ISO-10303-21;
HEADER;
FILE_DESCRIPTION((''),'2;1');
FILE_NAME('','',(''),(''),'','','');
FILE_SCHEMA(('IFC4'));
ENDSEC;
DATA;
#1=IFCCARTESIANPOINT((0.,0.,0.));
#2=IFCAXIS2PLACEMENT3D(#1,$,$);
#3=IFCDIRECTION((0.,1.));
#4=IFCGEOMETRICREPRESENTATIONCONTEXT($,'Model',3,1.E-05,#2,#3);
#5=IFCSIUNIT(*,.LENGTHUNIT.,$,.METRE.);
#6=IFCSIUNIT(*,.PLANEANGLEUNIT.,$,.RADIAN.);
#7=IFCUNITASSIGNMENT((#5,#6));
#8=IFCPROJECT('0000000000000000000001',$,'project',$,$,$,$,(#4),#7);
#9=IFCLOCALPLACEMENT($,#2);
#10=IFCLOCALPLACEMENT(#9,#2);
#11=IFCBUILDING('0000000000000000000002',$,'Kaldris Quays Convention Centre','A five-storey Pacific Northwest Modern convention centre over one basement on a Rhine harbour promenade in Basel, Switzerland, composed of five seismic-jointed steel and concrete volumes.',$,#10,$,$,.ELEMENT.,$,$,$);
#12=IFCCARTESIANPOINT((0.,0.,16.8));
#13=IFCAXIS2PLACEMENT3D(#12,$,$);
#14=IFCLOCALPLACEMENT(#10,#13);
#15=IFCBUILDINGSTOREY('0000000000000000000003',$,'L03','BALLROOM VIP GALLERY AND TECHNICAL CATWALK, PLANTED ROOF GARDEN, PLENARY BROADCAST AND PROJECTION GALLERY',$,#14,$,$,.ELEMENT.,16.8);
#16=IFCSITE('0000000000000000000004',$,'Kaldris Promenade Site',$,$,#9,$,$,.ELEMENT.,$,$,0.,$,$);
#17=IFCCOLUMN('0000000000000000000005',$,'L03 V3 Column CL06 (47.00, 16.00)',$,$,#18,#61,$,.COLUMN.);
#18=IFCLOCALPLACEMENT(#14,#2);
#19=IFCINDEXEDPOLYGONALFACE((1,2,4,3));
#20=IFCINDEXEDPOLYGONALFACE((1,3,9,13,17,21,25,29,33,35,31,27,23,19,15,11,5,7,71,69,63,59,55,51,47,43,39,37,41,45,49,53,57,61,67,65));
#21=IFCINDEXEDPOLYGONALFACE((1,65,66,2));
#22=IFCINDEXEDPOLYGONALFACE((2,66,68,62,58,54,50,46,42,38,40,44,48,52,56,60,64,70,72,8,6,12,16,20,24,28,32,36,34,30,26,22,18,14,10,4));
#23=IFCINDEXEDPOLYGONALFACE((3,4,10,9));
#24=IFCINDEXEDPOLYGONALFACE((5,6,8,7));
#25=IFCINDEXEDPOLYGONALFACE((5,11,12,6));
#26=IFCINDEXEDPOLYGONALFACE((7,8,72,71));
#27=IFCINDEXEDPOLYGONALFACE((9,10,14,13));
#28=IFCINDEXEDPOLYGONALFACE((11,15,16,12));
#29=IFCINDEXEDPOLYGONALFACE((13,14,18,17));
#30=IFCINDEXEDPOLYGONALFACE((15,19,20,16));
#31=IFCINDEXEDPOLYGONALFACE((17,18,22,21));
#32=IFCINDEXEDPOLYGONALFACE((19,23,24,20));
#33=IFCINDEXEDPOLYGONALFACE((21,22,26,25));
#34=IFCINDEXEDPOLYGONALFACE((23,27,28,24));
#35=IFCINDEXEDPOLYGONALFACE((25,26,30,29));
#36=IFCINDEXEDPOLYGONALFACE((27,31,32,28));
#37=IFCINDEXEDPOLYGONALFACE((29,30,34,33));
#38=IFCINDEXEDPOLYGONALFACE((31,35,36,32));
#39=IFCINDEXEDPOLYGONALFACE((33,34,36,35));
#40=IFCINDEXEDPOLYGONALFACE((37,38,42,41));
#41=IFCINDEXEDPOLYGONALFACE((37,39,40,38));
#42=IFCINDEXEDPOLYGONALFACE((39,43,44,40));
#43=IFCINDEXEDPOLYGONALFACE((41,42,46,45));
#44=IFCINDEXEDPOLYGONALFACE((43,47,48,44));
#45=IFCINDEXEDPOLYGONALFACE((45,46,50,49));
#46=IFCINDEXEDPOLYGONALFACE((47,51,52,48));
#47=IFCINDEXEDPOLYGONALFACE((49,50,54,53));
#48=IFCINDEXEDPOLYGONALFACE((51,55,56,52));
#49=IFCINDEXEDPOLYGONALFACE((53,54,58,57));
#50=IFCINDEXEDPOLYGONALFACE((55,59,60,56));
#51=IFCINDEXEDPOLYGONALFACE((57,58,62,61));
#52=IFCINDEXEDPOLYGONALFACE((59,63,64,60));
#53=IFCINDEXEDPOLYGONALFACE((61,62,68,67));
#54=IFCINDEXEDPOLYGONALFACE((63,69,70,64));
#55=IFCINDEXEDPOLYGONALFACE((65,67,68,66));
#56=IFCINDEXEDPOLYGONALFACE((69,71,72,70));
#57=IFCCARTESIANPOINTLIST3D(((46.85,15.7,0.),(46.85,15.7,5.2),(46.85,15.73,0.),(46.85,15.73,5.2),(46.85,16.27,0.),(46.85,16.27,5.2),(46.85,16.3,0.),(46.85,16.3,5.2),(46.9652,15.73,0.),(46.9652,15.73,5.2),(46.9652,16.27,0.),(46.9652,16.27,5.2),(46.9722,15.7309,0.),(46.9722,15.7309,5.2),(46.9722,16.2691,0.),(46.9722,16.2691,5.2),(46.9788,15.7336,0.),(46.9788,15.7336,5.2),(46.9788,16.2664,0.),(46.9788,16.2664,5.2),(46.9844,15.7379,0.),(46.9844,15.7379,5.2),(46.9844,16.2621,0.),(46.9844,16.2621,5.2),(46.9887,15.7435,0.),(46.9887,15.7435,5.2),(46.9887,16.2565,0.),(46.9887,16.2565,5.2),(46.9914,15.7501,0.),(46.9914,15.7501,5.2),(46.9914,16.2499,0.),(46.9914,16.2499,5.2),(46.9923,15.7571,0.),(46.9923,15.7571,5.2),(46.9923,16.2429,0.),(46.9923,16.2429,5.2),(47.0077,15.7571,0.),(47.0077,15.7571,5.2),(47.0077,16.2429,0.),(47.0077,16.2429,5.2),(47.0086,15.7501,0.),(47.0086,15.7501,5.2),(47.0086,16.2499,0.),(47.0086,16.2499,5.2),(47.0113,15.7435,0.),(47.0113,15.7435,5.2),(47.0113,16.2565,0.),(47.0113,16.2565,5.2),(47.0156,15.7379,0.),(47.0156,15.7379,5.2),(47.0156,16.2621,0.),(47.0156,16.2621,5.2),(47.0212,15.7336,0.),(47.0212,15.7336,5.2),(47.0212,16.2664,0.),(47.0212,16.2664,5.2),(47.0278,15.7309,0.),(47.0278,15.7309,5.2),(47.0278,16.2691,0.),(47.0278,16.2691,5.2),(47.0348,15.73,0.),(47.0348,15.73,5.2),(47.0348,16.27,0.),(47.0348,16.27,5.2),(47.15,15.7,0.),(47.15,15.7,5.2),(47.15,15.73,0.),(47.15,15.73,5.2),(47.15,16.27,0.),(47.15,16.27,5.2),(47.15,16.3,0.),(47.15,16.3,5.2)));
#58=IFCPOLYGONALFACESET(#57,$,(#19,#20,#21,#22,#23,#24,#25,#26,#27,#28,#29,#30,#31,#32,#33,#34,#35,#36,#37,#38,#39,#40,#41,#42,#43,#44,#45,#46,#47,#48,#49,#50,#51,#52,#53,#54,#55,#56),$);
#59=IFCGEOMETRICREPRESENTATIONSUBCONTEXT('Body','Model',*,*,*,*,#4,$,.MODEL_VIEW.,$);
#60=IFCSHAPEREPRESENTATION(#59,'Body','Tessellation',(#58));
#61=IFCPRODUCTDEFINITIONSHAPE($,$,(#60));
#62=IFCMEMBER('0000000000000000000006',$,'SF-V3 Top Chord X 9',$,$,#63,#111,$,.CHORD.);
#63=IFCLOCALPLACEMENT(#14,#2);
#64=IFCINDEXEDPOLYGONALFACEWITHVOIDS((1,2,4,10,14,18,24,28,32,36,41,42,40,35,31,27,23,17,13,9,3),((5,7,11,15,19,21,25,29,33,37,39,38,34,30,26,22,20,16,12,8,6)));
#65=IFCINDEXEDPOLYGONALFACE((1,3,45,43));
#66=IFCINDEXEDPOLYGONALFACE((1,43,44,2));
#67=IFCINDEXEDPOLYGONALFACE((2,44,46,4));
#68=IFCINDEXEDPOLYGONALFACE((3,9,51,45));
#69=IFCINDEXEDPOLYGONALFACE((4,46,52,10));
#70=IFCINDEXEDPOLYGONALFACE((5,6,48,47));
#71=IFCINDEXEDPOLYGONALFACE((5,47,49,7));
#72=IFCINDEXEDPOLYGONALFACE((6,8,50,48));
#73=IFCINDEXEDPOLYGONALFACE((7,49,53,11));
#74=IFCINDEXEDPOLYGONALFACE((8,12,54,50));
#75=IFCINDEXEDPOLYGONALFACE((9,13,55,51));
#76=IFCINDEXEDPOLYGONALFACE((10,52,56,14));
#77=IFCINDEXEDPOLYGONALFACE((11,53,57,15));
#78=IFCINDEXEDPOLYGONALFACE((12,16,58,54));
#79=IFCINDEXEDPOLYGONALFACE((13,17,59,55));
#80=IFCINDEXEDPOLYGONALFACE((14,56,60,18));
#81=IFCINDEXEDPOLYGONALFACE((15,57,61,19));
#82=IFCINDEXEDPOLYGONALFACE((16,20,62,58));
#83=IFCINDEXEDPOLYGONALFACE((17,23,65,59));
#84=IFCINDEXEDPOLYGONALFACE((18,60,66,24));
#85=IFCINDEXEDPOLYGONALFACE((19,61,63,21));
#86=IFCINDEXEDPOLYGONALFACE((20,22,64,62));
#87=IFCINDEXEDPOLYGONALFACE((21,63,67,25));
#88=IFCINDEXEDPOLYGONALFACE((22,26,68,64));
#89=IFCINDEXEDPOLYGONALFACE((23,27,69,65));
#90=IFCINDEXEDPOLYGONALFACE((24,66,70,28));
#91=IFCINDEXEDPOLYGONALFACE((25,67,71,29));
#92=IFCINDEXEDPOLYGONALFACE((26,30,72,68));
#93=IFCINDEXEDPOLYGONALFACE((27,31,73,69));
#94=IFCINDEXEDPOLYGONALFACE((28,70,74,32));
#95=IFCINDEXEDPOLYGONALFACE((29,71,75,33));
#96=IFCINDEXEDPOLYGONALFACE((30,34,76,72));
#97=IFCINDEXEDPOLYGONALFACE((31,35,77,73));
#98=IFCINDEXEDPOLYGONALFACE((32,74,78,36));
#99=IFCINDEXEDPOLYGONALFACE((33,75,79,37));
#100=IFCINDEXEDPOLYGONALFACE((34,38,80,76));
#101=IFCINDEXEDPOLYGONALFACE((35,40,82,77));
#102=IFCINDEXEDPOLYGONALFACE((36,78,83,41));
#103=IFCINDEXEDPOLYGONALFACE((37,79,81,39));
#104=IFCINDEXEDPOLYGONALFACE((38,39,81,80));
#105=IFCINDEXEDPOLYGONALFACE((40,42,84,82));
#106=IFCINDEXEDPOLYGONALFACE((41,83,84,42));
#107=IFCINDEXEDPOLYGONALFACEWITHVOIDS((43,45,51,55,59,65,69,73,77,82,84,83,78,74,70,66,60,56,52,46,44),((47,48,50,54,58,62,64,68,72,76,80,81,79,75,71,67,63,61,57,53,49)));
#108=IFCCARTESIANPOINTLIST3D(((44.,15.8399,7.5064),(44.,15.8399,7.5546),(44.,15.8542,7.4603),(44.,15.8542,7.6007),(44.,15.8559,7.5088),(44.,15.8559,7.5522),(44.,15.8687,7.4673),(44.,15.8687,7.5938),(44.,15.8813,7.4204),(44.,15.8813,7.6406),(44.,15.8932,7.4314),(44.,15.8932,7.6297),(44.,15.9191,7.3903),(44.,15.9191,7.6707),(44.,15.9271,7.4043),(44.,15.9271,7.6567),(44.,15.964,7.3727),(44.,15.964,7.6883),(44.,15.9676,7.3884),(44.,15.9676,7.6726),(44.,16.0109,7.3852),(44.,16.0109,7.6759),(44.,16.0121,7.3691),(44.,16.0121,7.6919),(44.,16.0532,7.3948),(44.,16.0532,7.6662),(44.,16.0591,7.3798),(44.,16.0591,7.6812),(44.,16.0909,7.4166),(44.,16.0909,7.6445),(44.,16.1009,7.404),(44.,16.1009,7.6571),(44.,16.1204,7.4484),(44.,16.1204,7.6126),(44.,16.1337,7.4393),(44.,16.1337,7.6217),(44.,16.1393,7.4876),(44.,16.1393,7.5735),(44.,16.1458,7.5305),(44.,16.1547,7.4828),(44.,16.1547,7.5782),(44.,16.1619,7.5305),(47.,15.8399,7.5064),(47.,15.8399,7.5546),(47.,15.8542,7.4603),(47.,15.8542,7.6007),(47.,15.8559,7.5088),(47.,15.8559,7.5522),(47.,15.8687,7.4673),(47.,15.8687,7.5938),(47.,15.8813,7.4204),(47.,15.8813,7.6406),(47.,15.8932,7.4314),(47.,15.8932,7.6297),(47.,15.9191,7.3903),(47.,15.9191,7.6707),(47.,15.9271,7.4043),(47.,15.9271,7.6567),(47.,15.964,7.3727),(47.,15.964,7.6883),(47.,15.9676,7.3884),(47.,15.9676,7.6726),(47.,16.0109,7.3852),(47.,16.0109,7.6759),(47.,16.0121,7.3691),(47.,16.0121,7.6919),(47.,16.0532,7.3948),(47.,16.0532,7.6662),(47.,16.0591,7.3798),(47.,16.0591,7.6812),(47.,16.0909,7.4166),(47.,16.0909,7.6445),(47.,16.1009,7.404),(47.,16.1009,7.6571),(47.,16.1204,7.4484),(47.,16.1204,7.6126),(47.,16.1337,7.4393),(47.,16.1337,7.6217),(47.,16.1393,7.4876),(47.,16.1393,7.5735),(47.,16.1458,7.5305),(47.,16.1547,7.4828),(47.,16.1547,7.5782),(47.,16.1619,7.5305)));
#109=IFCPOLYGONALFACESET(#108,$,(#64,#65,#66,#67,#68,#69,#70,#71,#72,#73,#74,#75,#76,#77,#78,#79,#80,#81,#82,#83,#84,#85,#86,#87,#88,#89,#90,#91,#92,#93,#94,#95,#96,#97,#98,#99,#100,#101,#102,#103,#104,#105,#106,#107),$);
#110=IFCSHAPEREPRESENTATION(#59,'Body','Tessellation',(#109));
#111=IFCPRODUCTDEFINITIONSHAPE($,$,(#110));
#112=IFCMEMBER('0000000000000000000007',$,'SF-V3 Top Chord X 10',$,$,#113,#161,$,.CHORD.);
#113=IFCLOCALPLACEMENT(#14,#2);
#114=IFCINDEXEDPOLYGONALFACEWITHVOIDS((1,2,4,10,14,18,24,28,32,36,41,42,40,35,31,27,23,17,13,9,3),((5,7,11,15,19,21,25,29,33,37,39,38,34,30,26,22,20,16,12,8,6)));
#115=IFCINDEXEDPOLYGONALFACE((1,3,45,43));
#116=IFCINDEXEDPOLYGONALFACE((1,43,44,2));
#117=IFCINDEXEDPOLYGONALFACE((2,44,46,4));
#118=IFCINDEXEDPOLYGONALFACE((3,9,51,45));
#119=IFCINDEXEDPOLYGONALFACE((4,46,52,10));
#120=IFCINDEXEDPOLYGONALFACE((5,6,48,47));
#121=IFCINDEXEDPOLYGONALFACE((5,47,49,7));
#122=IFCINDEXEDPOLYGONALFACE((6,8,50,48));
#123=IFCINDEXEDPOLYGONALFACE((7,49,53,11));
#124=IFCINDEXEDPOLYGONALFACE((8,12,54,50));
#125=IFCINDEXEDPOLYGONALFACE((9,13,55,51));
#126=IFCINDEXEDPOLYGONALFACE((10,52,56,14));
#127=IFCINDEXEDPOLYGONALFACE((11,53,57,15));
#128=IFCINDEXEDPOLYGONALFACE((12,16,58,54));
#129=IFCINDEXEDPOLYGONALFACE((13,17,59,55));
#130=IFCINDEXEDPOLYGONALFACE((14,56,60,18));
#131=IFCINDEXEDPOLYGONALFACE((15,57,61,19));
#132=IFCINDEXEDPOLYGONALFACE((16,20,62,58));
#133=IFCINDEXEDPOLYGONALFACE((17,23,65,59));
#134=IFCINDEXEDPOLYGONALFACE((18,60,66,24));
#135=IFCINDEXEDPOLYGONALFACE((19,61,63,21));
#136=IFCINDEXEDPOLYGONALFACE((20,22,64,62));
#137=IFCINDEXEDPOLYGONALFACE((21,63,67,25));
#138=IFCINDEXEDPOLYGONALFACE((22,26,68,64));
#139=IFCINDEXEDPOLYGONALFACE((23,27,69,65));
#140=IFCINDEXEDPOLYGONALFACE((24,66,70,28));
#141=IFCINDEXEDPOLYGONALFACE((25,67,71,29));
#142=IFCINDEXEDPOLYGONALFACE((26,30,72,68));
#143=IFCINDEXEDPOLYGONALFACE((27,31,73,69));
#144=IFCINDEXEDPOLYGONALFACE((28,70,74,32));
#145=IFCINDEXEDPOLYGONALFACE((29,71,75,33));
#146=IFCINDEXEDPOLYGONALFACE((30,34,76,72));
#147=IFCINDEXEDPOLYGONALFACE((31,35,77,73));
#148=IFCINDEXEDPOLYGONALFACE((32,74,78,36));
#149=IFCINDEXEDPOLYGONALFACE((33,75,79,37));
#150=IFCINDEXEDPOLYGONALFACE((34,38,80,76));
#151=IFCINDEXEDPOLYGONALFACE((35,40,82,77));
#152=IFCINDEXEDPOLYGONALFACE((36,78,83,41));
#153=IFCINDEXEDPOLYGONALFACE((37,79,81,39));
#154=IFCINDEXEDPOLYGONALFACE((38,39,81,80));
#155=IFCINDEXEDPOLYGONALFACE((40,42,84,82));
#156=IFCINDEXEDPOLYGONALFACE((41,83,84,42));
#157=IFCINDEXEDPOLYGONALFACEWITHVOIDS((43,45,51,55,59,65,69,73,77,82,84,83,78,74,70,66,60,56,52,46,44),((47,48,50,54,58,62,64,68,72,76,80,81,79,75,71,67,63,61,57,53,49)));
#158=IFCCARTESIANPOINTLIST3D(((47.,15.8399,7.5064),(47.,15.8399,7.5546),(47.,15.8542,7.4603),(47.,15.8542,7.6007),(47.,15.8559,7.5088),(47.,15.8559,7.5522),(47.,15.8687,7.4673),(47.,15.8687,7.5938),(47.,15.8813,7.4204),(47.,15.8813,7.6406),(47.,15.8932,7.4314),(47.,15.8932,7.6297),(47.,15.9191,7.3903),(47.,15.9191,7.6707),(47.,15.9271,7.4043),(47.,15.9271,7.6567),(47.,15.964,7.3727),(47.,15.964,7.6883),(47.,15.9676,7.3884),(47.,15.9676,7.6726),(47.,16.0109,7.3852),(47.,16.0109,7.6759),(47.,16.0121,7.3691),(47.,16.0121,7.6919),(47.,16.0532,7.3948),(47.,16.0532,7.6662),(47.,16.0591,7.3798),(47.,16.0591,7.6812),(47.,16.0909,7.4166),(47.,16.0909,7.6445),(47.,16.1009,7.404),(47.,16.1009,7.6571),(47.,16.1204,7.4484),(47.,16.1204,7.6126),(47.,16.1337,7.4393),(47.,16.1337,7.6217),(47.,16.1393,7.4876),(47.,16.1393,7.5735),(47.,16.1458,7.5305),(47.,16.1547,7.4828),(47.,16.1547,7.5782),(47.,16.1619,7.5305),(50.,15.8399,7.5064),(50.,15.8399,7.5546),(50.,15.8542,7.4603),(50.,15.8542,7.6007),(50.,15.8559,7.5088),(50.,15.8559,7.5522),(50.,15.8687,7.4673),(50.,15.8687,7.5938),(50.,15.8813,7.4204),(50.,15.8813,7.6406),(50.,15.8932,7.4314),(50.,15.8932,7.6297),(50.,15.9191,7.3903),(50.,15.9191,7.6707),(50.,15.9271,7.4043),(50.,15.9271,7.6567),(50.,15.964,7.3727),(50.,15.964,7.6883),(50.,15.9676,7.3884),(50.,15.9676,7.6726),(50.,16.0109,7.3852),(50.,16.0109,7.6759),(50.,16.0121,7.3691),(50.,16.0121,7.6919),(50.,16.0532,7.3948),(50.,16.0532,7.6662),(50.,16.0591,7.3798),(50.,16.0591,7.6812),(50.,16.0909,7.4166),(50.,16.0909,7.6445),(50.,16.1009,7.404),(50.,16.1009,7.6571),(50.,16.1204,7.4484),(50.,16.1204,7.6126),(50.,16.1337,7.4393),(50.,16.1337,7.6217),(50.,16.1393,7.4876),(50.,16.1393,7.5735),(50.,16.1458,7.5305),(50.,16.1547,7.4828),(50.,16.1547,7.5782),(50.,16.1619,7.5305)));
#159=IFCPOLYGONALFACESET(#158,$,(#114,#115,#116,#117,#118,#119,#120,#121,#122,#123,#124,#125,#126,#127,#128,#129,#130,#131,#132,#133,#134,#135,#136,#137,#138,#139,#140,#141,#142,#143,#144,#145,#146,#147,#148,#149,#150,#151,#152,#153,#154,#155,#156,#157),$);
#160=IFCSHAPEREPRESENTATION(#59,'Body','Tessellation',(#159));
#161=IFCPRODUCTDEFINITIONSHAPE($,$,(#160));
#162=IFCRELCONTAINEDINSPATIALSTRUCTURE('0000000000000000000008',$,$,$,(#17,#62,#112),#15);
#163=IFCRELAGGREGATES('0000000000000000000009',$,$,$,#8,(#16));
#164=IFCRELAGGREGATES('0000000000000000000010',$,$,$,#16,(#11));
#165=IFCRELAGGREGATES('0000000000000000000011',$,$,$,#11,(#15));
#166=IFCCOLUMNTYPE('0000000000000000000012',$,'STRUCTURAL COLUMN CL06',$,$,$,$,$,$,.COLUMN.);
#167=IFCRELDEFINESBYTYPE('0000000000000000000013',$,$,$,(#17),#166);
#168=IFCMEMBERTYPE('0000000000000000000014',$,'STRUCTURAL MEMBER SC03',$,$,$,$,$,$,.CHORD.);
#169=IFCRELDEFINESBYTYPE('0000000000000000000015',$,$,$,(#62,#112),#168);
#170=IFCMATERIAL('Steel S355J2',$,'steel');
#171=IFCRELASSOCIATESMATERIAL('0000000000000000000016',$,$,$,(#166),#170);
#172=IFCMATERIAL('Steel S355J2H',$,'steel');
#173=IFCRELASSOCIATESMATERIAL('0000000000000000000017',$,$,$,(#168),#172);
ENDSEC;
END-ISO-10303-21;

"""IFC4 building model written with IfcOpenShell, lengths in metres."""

from ifc_helpers import new_model, si_unit, direction, frame, origin, origin_2d, place, context, subcontext, project, spatial, hollow_circle, i_section, extrude, material, material_profile, profile_set, type_object, element, save


model = new_model("IFC4")

# Units and contexts
model_context = context("Model", 3, precision=1e-05, world=origin(), true_north=direction((0.0, 1.0)))
body_context = subcontext(model_context, "Body", "Model", "MODEL_VIEW")
ifc_project = project(units=[si_unit("LENGTHUNIT", "METRE"), si_unit("PLANEANGLEUNIT", "RADIAN")], contexts=[model_context])

# Site, building, storey
site_placement = place(None, origin())
site = spatial("IfcSite", under=ifc_project, at=site_placement, Name="Kaldris Promenade Site", CompositionType="ELEMENT", RefElevation=0.0)
building_placement = place(site_placement, origin())
building = spatial("IfcBuilding", under=site, at=building_placement, Name="Kaldris Quays Convention Centre", Description="A five-storey Pacific Northwest Modern convention centre over one basement on a Rhine harbour promenade in Basel, Switzerland, composed of five seismic-jointed steel and concrete volumes.", CompositionType="ELEMENT")
storey_placement = place(building_placement, frame((0.0, 0.0, 16.8)))
storey = spatial("IfcBuildingStorey", under=building, at=storey_placement, Name="L03", Description="BALLROOM VIP GALLERY AND TECHNICAL CATWALK, PLANTED ROOF GARDEN, PLENARY BROADCAST AND PROJECTION GALLERY", CompositionType="ELEMENT", Elevation=16.8)

# Column
ifc_material_1 = material(Name="Steel S355J2", Category="steel")
ifc_material_profile_1 = material_profile(ifc_material_1, i_section(OverallWidth=0.3, OverallDepth=0.6001, WebThickness=0.0154, FlangeThickness=0.03, FilletRadius=0.0271, at=origin_2d()), Name="HEB 600")
ifc_profile_set_1 = profile_set([ifc_material_profile_1], Name="Steel S355J2")
column_type = type_object("IfcColumnType", Name="STRUCTURAL COLUMN CL06", PredefinedType="COLUMN", material=ifc_profile_set_1)
column_placement = place(storey_placement, frame((47.0, 16.0, 0.0), z_axis=(0.0, 0.0, 1.0), x_axis=(1.0, 0.0, 0.0)))
element("IfcColumn", 1, at=column_placement, inside=storey, type_object=column_type, Name="L03 V3 Column CL06 (47.00, 16.00)", PredefinedType="COLUMN", context=body_context, shape_type="SweptSolid", body=[
    extrude(i_section(OverallWidth=0.3, OverallDepth=0.6001, WebThickness=0.0154, FlangeThickness=0.03, FilletRadius=0.0271, at=origin_2d()), origin(), (0.0, 0.0, 1.0), 5.2),
])

# Members
ifc_material_2 = material(Name="Steel S355J2H", Category="steel")
ifc_material_profile_2 = material_profile(ifc_material_2, hollow_circle(Radius=0.1619, WallThickness=0.0161, at=origin_2d()), Name="CHS 323.9x16")
ifc_profile_set_2 = profile_set([ifc_material_profile_2], Name="Steel S355J2H")
member_type_1 = type_object("IfcMemberType", Name="STRUCTURAL MEMBER SC03", PredefinedType="CHORD", material=ifc_profile_set_2)
for number, where, z_axis, x_axis, name in (
    (2, (44.0, 16.0, 7.5305), (1.0, 0.0, 0.0), (0.0, 1.0, 0.0), "SF-V3 Top Chord X 9"),
    (3, (47.0, 16.0, 7.5305), (1.0, 0.0, 0.0), (0.0, 1.0, 0.0), "SF-V3 Top Chord X 10"),
):
    element("IfcMember", number, at=place(storey_placement, frame(where, z_axis=z_axis, x_axis=x_axis)), inside=storey, type_object=member_type_1, Name=name, PredefinedType="CHORD", context=body_context, shape_type="SweptSolid", body=[
        extrude(hollow_circle(Radius=0.1619, WallThickness=0.0161, at=origin_2d()), origin(), (0.0, 0.0, 1.0), 3.0),
    ])

save(model, "model.ifc")
